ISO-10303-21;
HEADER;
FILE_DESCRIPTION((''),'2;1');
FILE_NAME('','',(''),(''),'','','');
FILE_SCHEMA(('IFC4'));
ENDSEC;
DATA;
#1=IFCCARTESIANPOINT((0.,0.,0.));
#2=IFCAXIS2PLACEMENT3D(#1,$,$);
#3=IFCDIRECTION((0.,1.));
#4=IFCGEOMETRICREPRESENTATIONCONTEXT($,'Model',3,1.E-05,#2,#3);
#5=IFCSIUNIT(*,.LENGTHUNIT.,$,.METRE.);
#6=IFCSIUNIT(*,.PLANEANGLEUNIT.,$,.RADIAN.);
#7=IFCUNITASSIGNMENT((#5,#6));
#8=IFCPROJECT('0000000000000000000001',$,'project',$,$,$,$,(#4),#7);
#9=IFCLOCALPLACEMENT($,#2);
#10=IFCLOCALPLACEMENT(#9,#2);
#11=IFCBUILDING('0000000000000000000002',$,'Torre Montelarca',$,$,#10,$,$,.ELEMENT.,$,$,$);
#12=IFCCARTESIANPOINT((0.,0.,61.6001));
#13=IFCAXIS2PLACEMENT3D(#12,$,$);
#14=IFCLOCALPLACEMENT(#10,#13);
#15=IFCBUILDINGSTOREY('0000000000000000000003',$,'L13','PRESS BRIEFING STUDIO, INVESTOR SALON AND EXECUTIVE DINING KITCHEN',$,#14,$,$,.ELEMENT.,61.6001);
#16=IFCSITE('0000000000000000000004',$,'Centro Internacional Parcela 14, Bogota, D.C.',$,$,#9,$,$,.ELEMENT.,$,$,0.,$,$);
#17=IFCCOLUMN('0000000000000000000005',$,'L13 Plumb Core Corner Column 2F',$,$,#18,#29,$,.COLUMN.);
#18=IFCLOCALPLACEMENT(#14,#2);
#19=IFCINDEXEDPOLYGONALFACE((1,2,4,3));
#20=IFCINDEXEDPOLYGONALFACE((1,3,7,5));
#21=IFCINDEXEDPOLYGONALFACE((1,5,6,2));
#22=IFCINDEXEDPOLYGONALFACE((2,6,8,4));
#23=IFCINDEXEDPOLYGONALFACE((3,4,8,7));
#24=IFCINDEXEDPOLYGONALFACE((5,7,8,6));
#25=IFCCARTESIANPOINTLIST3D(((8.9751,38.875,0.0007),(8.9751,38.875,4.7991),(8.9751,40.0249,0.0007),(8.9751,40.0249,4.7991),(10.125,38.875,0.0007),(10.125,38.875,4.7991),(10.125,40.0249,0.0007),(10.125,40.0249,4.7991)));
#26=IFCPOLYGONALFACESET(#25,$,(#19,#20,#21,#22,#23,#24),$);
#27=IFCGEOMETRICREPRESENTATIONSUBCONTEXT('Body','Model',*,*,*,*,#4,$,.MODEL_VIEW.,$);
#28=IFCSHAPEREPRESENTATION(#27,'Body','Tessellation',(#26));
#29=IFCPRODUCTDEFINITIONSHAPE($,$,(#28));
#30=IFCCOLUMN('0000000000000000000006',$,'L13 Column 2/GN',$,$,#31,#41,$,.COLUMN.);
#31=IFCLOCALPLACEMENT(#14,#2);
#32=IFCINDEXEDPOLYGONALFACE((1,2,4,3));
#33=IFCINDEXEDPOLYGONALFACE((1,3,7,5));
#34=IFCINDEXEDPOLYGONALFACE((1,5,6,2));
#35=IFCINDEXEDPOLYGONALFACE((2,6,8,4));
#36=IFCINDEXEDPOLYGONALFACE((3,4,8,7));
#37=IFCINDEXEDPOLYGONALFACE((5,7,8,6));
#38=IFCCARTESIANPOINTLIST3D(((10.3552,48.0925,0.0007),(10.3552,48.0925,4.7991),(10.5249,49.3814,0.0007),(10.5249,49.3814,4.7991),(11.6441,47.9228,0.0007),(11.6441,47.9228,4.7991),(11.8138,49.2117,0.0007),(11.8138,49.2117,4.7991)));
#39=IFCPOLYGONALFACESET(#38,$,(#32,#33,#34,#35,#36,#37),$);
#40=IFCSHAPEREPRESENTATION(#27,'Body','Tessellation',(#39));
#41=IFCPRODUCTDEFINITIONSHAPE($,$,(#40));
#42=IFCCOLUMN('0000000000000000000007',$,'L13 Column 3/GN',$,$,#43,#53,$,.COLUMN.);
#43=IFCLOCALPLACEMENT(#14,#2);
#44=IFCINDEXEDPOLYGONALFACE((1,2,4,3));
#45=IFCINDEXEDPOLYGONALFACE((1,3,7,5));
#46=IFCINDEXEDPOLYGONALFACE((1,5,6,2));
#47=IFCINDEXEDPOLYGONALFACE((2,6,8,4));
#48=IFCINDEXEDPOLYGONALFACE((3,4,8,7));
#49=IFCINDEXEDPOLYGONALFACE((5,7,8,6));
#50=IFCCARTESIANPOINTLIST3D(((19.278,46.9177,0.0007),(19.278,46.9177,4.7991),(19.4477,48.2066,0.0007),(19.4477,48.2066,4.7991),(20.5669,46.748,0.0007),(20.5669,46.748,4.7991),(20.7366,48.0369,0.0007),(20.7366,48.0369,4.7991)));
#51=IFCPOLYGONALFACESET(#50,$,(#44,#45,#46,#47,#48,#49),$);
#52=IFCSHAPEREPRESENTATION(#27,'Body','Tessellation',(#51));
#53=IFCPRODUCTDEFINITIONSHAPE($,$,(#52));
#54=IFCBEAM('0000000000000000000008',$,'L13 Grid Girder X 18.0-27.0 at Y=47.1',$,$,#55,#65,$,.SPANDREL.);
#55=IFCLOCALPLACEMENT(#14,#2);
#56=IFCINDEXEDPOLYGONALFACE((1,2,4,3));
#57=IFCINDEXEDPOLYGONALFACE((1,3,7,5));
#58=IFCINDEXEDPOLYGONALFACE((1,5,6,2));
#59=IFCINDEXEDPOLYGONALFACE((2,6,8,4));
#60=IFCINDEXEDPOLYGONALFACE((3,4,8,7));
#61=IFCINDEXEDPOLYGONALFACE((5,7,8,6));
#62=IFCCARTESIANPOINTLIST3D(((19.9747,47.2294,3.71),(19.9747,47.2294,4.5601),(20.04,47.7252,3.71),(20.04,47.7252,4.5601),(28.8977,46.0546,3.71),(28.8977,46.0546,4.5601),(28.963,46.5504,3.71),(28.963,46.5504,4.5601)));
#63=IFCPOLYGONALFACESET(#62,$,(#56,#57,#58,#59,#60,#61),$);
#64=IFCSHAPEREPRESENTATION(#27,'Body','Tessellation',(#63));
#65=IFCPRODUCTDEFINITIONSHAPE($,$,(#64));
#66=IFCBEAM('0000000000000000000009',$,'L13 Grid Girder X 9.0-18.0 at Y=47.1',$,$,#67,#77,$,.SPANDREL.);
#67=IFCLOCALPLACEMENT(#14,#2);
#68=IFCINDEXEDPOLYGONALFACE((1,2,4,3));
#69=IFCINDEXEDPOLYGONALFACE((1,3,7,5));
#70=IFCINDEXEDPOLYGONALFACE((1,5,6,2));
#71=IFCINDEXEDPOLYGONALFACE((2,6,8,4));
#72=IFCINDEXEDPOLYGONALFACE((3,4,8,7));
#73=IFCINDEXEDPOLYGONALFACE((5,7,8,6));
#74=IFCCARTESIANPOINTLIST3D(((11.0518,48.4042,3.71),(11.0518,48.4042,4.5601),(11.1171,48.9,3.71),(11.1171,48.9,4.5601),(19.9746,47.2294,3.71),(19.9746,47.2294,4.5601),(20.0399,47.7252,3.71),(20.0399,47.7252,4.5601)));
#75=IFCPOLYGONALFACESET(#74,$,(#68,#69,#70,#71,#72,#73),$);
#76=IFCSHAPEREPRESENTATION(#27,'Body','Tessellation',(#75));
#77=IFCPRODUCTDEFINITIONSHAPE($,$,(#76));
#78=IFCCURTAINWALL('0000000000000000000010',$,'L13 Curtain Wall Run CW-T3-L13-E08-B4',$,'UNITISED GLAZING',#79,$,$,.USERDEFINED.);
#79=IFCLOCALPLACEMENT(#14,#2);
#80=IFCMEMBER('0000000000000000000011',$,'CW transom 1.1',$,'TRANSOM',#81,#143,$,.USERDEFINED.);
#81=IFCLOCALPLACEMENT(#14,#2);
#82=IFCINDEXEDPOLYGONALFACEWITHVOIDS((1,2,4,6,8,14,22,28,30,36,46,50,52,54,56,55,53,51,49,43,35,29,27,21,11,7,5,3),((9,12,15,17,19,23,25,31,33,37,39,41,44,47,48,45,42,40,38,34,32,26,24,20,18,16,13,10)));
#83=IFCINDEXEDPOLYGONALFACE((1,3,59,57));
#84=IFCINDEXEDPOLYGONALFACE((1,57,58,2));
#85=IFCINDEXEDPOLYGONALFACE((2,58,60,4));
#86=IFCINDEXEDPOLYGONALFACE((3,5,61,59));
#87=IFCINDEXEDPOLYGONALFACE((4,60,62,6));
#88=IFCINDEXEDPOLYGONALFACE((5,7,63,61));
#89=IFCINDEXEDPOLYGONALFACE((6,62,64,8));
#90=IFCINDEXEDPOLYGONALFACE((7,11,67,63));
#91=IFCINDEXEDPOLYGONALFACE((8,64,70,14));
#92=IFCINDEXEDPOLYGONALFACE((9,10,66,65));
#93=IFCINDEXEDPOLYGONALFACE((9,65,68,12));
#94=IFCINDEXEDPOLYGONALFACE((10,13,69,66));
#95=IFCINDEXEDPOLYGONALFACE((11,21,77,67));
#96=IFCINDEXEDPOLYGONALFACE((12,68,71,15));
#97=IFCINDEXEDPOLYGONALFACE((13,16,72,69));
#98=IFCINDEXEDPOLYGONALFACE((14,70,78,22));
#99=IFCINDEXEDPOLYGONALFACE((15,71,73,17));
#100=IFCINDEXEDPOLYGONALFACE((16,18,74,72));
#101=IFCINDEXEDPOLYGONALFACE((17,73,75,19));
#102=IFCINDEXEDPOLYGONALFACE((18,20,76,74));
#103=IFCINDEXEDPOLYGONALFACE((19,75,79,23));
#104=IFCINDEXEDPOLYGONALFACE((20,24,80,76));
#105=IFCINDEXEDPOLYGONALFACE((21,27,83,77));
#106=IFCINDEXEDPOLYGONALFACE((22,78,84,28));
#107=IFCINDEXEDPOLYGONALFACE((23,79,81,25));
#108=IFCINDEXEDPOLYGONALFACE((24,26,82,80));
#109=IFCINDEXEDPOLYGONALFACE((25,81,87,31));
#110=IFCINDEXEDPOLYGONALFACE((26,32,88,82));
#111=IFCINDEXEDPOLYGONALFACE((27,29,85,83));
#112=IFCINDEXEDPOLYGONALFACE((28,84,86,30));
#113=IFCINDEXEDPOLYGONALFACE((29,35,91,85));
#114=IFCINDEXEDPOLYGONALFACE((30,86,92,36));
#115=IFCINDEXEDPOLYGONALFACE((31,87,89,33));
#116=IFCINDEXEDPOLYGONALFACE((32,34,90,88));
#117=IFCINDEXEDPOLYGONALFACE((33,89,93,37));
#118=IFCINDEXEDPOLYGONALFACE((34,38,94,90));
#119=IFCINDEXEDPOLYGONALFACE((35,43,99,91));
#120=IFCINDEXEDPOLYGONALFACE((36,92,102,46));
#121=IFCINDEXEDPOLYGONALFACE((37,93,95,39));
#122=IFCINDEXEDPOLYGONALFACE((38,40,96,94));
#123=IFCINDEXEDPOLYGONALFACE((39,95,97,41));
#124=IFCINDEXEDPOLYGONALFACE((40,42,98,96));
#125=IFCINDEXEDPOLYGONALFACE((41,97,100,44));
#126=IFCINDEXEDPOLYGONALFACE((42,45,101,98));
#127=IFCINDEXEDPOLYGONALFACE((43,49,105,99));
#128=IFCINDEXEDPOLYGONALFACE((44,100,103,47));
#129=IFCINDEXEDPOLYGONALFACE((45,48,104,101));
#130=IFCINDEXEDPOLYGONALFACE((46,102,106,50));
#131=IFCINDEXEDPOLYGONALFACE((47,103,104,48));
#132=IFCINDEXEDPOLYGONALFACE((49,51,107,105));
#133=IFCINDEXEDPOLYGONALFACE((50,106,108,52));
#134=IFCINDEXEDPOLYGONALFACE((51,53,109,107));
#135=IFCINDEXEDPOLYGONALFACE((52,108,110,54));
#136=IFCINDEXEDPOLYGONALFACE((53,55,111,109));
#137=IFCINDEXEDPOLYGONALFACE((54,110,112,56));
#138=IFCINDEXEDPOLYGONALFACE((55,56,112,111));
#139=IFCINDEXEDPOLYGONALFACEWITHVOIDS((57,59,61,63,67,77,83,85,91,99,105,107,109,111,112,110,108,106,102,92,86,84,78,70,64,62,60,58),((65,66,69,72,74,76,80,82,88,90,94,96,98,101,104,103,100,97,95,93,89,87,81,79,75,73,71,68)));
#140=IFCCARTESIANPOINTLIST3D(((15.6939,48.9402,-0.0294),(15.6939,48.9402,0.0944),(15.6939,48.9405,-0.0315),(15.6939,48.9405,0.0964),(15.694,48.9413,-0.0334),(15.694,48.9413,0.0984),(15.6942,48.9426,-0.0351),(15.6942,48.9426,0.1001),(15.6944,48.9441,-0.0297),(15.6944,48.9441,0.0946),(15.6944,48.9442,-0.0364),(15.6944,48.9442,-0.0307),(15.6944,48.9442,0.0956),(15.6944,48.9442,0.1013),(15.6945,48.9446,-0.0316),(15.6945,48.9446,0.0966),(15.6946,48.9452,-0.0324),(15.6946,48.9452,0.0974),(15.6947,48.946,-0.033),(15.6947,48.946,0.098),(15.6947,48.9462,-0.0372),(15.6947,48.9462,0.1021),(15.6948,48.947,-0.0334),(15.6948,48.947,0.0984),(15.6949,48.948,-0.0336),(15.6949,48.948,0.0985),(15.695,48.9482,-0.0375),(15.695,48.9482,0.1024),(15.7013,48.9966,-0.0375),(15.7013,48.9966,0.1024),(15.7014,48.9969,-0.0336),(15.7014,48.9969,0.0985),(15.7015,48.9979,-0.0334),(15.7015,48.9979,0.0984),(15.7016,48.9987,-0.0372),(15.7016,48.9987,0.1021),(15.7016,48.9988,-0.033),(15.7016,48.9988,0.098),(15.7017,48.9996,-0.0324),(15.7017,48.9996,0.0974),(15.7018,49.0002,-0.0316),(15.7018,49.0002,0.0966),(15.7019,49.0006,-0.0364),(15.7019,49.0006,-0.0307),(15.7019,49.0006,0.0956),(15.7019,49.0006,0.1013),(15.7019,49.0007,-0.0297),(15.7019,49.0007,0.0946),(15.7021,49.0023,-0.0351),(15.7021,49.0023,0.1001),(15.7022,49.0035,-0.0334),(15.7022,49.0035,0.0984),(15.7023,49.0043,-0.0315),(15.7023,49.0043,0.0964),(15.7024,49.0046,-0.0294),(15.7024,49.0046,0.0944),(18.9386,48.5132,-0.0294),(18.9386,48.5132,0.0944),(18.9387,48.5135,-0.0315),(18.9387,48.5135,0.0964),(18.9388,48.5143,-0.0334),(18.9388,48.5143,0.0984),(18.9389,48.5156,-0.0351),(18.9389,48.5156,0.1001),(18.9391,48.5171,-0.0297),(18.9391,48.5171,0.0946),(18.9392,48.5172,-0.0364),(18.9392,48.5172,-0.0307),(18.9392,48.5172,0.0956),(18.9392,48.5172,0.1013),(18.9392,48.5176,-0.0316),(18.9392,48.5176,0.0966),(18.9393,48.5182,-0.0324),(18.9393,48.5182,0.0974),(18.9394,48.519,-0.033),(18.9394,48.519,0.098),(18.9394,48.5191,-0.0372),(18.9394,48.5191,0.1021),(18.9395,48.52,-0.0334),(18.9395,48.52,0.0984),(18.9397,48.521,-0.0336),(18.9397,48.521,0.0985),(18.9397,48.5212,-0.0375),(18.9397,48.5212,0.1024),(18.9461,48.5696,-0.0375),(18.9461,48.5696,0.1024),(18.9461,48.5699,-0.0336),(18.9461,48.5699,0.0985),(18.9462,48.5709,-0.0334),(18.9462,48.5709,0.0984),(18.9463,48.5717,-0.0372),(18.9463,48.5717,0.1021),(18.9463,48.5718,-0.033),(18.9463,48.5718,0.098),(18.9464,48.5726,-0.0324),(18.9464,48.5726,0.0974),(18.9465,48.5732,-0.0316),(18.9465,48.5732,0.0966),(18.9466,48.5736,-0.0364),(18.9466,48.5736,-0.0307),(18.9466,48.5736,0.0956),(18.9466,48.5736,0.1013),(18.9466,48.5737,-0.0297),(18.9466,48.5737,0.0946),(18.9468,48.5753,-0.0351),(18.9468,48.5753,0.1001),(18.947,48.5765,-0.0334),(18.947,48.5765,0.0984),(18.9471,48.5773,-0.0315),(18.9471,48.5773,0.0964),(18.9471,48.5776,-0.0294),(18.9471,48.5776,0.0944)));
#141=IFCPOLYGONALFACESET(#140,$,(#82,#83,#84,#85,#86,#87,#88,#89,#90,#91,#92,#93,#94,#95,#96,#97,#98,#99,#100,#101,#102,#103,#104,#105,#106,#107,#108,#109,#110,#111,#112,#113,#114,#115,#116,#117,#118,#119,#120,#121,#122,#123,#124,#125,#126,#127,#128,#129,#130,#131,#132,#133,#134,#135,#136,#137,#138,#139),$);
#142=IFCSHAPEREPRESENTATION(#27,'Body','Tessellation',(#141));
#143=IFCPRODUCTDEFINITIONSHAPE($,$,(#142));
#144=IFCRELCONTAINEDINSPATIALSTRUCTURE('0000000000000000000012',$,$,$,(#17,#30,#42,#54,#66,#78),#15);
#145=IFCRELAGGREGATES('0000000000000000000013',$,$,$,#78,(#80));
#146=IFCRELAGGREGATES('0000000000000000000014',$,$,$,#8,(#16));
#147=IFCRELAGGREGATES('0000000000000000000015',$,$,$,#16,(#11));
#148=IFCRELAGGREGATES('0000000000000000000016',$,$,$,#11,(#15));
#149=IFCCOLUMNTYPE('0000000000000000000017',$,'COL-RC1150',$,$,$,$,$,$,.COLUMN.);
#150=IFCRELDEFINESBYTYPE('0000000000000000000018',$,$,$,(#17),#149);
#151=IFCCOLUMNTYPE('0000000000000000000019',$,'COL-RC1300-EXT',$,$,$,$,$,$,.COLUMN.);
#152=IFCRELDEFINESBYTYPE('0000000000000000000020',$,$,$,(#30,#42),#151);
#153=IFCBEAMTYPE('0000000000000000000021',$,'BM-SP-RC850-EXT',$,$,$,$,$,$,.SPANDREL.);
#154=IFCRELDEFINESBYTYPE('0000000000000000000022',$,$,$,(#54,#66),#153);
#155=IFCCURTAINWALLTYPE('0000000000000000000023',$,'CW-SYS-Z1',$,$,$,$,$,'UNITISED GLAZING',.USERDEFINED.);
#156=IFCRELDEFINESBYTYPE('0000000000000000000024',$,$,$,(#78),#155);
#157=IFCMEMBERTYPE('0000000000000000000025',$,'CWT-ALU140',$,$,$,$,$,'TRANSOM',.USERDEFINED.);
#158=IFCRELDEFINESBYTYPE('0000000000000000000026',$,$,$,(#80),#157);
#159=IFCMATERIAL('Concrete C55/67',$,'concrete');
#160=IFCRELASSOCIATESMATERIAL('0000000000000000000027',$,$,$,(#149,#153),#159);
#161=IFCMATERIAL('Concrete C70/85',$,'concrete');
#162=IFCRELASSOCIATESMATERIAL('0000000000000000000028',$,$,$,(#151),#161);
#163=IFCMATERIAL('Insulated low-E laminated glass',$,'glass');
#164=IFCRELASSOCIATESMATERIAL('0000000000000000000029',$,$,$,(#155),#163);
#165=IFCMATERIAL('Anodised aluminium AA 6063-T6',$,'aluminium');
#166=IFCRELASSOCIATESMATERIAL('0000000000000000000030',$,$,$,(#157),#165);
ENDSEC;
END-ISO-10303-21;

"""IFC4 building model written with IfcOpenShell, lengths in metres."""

from ifc_helpers import new_model, si_unit, direction, frame, origin, origin_2d, place, context, subcontext, project, spatial, rectangle, hollow_rectangle, extrude, source, transform, mapped, material, material_profile, profile_set, type_object, element, aggregate, save


model = new_model("IFC4")

# Units and contexts
model_context = context("Model", 3, precision=1e-05, world=origin(), true_north=direction((0.0, 1.0)))
body_context = subcontext(model_context, "Body", "Model", "MODEL_VIEW")
ifc_project = project(units=[si_unit("LENGTHUNIT", "METRE"), si_unit("PLANEANGLEUNIT", "RADIAN")], contexts=[model_context])

# Site, building, storey
site_placement = place(None, origin())
site = spatial("IfcSite", under=ifc_project, at=site_placement, Name="Centro Internacional Parcela 14, Bogota, D.C.", CompositionType="ELEMENT", RefElevation=0.0)
building_placement = place(site_placement, origin())
building = spatial("IfcBuilding", under=site, at=building_placement, Name="Torre Montelarca", CompositionType="ELEMENT")
storey_placement = place(building_placement, frame((0.0, 0.0, 61.6001)))
storey = spatial("IfcBuildingStorey", under=building, at=storey_placement, Name="L13", Description="PRESS BRIEFING STUDIO, INVESTOR SALON AND EXECUTIVE DINING KITCHEN", CompositionType="ELEMENT", Elevation=61.6001)

# Columns
ifc_material_1 = material(Name="Concrete C55/67", Category="concrete")
ifc_material_profile_1 = material_profile(ifc_material_1, rectangle(XDim=1.1499, YDim=1.1499, at=origin_2d()), Name="RC1150X1150", Category="concrete")
ifc_profile_set_1 = profile_set([ifc_material_profile_1], Name="Concrete C55/67")
column_type_1 = type_object("IfcColumnType", Name="COL-RC1150", PredefinedType="COLUMN", material=ifc_profile_set_1)
shared_shape_1 = source(origin(), body_context, "Body", "SweptSolid", [
    extrude(rectangle(XDim=1.1499, YDim=1.1499, at=origin_2d()), origin(), (0.0, 0.0, 1.0), 4.7983),
])
column_placement = place(storey_placement, frame((9.55, 39.45, 0.0007), z_axis=(0.0, 0.0, 1.0), x_axis=(1.0, 0.0, 0.0)))
element("IfcColumn", 1, at=column_placement, inside=storey, type_object=column_type_1, Name="L13 Plumb Core Corner Column 2F", PredefinedType="COLUMN", context=body_context, shape_type="MappedRepresentation", body=[
    mapped(shared_shape_1, transform((0.0, 0.0, 0.0), scale=1.0)),
])
ifc_material_2 = material(Name="Concrete C70/85", Category="concrete")
ifc_material_profile_2 = material_profile(ifc_material_2, rectangle(XDim=1.3, YDim=1.3, at=origin_2d()), Name="RC1300X1300", Category="concrete")
ifc_profile_set_2 = profile_set([ifc_material_profile_2], Name="Concrete C70/85")
column_type_2 = type_object("IfcColumnType", Name="COL-RC1300-EXT", PredefinedType="COLUMN", material=ifc_profile_set_2)
shared_shape_2 = source(origin(), body_context, "Body", "SweptSolid", [
    extrude(rectangle(XDim=1.3, YDim=1.3, at=origin_2d()), origin(), (0.0, 0.0, 1.0), 4.7983),
])
for number, where, z_axis, x_axis, name in (
    (2, (11.0845, 48.6521, 0.0007), (0.0, 0.0, 1.0), (-0.991445, 0.130526, 0.0), "L13 Column 2/GN"),
    (3, (20.0073, 47.4773, 0.0007), (0.0, 0.0, 1.0), (-0.991445, 0.130526, 0.0), "L13 Column 3/GN"),
):
    element("IfcColumn", number, at=place(storey_placement, frame(where, z_axis=z_axis, x_axis=x_axis)), inside=storey, type_object=column_type_2, Name=name, PredefinedType="COLUMN", context=body_context, shape_type="MappedRepresentation", body=[
        mapped(shared_shape_2, transform((0.0, 0.0, 0.0), scale=1.0)),
    ])

# Beams
ifc_material_profile_3 = material_profile(ifc_material_1, rectangle(XDim=0.5, YDim=0.8501, at=origin_2d()), Name="RCB500X850", Category="concrete")
ifc_profile_set_3 = profile_set([ifc_material_profile_3], Name="Concrete C55/67")
beam_type = type_object("IfcBeamType", Name="BM-SP-RC850-EXT", PredefinedType="SPANDREL", material=ifc_profile_set_3)
shared_shape_3 = source(origin(), body_context, "Body", "SweptSolid", [
    extrude(rectangle(XDim=0.5, YDim=0.8501, at=origin_2d()), origin(), (0.0, 0.0, 1.0), 9.0),
])
beam_1_placement = place(storey_placement, frame((20.0073, 47.4773, 4.135), z_axis=(0.991444, -0.130532, 0.0), x_axis=(0.130532, 0.991444, 0.0)))
element("IfcBeam", 4, at=beam_1_placement, inside=storey, type_object=beam_type, Name="L13 Grid Girder X 18.0-27.0 at Y=47.1", PredefinedType="SPANDREL", context=body_context, shape_type="MappedRepresentation", body=[
    mapped(shared_shape_3, transform((0.0, 0.0, 0.0), scale=1.0)),
])
shared_shape_4 = source(origin(), body_context, "Body", "SweptSolid", [
    extrude(rectangle(XDim=0.5, YDim=0.8501, at=origin_2d()), origin(), (0.0, 0.0, 1.0), 8.9998),
])
beam_2_placement = place(storey_placement, frame((11.0845, 48.6521, 4.135), z_axis=(0.991444, -0.130536, 0.0), x_axis=(0.130536, 0.991444, 0.0)))
element("IfcBeam", 5, at=beam_2_placement, inside=storey, type_object=beam_type, Name="L13 Grid Girder X 9.0-18.0 at Y=47.1", PredefinedType="SPANDREL", context=body_context, shape_type="MappedRepresentation", body=[
    mapped(shared_shape_4, transform((0.0, 0.0, 0.0), scale=1.0)),
])

# Curtain wall, member
ifc_material_3 = material(Name="Insulated low-E laminated glass", Category="glass")
curtain_wall_type = type_object("IfcCurtainWallType", Name="CW-SYS-Z1", ElementType="UNITISED GLAZING", PredefinedType="USERDEFINED", material=ifc_material_3)
curtain_wall_1_placement = place(storey_placement, origin())
curtain_wall_1 = element("IfcCurtainWall", 6, at=curtain_wall_1_placement, inside=storey, type_object=curtain_wall_type, Name="L13 Curtain Wall Run CW-T3-L13-E08-B4", ObjectType="UNITISED GLAZING", PredefinedType="USERDEFINED")
ifc_material_4 = material(Name="Anodised aluminium AA 6063-T6", Category="aluminium")
ifc_material_profile_4 = material_profile(ifc_material_4, hollow_rectangle(XDim=0.0649, YDim=0.1399, WallThickness=0.0039, InnerFilletRadius=0.0039, OuterFilletRadius=0.0081, at=origin_2d()), Name="ALU65X140X4", Category="aluminium")
ifc_profile_set_4 = profile_set([ifc_material_profile_4], Name="Anodised aluminium AA 6063-T6")
member_type_1 = type_object("IfcMemberType", Name="CWT-ALU140", ElementType="TRANSOM", PredefinedType="USERDEFINED", material=ifc_profile_set_4)
shared_shape_5 = source(origin(), body_context, "Body", "SweptSolid", [
    extrude(hollow_rectangle(XDim=0.0649, YDim=0.1399, WallThickness=0.0039, InnerFilletRadius=0.0039, OuterFilletRadius=0.0081, at=origin_2d()), origin(), (0.0, 0.0, 1.0), 3.2727),
])
member_1_placement = place(storey_placement, frame((18.9429, 48.5454, 0.0325), z_axis=(-0.991451, 0.130478, 0.0), x_axis=(-0.130478, -0.991451, 0.0)))
member_1 = element("IfcMember", 7, at=member_1_placement, type_object=member_type_1, Name="CW transom 1.1", ObjectType="TRANSOM", PredefinedType="USERDEFINED", context=body_context, shape_type="MappedRepresentation", body=[
    mapped(shared_shape_5, transform((0.0, 0.0, 0.0), scale=1.0)),
])

aggregate(curtain_wall_1, [member_1])

save(model, "model.ifc")
